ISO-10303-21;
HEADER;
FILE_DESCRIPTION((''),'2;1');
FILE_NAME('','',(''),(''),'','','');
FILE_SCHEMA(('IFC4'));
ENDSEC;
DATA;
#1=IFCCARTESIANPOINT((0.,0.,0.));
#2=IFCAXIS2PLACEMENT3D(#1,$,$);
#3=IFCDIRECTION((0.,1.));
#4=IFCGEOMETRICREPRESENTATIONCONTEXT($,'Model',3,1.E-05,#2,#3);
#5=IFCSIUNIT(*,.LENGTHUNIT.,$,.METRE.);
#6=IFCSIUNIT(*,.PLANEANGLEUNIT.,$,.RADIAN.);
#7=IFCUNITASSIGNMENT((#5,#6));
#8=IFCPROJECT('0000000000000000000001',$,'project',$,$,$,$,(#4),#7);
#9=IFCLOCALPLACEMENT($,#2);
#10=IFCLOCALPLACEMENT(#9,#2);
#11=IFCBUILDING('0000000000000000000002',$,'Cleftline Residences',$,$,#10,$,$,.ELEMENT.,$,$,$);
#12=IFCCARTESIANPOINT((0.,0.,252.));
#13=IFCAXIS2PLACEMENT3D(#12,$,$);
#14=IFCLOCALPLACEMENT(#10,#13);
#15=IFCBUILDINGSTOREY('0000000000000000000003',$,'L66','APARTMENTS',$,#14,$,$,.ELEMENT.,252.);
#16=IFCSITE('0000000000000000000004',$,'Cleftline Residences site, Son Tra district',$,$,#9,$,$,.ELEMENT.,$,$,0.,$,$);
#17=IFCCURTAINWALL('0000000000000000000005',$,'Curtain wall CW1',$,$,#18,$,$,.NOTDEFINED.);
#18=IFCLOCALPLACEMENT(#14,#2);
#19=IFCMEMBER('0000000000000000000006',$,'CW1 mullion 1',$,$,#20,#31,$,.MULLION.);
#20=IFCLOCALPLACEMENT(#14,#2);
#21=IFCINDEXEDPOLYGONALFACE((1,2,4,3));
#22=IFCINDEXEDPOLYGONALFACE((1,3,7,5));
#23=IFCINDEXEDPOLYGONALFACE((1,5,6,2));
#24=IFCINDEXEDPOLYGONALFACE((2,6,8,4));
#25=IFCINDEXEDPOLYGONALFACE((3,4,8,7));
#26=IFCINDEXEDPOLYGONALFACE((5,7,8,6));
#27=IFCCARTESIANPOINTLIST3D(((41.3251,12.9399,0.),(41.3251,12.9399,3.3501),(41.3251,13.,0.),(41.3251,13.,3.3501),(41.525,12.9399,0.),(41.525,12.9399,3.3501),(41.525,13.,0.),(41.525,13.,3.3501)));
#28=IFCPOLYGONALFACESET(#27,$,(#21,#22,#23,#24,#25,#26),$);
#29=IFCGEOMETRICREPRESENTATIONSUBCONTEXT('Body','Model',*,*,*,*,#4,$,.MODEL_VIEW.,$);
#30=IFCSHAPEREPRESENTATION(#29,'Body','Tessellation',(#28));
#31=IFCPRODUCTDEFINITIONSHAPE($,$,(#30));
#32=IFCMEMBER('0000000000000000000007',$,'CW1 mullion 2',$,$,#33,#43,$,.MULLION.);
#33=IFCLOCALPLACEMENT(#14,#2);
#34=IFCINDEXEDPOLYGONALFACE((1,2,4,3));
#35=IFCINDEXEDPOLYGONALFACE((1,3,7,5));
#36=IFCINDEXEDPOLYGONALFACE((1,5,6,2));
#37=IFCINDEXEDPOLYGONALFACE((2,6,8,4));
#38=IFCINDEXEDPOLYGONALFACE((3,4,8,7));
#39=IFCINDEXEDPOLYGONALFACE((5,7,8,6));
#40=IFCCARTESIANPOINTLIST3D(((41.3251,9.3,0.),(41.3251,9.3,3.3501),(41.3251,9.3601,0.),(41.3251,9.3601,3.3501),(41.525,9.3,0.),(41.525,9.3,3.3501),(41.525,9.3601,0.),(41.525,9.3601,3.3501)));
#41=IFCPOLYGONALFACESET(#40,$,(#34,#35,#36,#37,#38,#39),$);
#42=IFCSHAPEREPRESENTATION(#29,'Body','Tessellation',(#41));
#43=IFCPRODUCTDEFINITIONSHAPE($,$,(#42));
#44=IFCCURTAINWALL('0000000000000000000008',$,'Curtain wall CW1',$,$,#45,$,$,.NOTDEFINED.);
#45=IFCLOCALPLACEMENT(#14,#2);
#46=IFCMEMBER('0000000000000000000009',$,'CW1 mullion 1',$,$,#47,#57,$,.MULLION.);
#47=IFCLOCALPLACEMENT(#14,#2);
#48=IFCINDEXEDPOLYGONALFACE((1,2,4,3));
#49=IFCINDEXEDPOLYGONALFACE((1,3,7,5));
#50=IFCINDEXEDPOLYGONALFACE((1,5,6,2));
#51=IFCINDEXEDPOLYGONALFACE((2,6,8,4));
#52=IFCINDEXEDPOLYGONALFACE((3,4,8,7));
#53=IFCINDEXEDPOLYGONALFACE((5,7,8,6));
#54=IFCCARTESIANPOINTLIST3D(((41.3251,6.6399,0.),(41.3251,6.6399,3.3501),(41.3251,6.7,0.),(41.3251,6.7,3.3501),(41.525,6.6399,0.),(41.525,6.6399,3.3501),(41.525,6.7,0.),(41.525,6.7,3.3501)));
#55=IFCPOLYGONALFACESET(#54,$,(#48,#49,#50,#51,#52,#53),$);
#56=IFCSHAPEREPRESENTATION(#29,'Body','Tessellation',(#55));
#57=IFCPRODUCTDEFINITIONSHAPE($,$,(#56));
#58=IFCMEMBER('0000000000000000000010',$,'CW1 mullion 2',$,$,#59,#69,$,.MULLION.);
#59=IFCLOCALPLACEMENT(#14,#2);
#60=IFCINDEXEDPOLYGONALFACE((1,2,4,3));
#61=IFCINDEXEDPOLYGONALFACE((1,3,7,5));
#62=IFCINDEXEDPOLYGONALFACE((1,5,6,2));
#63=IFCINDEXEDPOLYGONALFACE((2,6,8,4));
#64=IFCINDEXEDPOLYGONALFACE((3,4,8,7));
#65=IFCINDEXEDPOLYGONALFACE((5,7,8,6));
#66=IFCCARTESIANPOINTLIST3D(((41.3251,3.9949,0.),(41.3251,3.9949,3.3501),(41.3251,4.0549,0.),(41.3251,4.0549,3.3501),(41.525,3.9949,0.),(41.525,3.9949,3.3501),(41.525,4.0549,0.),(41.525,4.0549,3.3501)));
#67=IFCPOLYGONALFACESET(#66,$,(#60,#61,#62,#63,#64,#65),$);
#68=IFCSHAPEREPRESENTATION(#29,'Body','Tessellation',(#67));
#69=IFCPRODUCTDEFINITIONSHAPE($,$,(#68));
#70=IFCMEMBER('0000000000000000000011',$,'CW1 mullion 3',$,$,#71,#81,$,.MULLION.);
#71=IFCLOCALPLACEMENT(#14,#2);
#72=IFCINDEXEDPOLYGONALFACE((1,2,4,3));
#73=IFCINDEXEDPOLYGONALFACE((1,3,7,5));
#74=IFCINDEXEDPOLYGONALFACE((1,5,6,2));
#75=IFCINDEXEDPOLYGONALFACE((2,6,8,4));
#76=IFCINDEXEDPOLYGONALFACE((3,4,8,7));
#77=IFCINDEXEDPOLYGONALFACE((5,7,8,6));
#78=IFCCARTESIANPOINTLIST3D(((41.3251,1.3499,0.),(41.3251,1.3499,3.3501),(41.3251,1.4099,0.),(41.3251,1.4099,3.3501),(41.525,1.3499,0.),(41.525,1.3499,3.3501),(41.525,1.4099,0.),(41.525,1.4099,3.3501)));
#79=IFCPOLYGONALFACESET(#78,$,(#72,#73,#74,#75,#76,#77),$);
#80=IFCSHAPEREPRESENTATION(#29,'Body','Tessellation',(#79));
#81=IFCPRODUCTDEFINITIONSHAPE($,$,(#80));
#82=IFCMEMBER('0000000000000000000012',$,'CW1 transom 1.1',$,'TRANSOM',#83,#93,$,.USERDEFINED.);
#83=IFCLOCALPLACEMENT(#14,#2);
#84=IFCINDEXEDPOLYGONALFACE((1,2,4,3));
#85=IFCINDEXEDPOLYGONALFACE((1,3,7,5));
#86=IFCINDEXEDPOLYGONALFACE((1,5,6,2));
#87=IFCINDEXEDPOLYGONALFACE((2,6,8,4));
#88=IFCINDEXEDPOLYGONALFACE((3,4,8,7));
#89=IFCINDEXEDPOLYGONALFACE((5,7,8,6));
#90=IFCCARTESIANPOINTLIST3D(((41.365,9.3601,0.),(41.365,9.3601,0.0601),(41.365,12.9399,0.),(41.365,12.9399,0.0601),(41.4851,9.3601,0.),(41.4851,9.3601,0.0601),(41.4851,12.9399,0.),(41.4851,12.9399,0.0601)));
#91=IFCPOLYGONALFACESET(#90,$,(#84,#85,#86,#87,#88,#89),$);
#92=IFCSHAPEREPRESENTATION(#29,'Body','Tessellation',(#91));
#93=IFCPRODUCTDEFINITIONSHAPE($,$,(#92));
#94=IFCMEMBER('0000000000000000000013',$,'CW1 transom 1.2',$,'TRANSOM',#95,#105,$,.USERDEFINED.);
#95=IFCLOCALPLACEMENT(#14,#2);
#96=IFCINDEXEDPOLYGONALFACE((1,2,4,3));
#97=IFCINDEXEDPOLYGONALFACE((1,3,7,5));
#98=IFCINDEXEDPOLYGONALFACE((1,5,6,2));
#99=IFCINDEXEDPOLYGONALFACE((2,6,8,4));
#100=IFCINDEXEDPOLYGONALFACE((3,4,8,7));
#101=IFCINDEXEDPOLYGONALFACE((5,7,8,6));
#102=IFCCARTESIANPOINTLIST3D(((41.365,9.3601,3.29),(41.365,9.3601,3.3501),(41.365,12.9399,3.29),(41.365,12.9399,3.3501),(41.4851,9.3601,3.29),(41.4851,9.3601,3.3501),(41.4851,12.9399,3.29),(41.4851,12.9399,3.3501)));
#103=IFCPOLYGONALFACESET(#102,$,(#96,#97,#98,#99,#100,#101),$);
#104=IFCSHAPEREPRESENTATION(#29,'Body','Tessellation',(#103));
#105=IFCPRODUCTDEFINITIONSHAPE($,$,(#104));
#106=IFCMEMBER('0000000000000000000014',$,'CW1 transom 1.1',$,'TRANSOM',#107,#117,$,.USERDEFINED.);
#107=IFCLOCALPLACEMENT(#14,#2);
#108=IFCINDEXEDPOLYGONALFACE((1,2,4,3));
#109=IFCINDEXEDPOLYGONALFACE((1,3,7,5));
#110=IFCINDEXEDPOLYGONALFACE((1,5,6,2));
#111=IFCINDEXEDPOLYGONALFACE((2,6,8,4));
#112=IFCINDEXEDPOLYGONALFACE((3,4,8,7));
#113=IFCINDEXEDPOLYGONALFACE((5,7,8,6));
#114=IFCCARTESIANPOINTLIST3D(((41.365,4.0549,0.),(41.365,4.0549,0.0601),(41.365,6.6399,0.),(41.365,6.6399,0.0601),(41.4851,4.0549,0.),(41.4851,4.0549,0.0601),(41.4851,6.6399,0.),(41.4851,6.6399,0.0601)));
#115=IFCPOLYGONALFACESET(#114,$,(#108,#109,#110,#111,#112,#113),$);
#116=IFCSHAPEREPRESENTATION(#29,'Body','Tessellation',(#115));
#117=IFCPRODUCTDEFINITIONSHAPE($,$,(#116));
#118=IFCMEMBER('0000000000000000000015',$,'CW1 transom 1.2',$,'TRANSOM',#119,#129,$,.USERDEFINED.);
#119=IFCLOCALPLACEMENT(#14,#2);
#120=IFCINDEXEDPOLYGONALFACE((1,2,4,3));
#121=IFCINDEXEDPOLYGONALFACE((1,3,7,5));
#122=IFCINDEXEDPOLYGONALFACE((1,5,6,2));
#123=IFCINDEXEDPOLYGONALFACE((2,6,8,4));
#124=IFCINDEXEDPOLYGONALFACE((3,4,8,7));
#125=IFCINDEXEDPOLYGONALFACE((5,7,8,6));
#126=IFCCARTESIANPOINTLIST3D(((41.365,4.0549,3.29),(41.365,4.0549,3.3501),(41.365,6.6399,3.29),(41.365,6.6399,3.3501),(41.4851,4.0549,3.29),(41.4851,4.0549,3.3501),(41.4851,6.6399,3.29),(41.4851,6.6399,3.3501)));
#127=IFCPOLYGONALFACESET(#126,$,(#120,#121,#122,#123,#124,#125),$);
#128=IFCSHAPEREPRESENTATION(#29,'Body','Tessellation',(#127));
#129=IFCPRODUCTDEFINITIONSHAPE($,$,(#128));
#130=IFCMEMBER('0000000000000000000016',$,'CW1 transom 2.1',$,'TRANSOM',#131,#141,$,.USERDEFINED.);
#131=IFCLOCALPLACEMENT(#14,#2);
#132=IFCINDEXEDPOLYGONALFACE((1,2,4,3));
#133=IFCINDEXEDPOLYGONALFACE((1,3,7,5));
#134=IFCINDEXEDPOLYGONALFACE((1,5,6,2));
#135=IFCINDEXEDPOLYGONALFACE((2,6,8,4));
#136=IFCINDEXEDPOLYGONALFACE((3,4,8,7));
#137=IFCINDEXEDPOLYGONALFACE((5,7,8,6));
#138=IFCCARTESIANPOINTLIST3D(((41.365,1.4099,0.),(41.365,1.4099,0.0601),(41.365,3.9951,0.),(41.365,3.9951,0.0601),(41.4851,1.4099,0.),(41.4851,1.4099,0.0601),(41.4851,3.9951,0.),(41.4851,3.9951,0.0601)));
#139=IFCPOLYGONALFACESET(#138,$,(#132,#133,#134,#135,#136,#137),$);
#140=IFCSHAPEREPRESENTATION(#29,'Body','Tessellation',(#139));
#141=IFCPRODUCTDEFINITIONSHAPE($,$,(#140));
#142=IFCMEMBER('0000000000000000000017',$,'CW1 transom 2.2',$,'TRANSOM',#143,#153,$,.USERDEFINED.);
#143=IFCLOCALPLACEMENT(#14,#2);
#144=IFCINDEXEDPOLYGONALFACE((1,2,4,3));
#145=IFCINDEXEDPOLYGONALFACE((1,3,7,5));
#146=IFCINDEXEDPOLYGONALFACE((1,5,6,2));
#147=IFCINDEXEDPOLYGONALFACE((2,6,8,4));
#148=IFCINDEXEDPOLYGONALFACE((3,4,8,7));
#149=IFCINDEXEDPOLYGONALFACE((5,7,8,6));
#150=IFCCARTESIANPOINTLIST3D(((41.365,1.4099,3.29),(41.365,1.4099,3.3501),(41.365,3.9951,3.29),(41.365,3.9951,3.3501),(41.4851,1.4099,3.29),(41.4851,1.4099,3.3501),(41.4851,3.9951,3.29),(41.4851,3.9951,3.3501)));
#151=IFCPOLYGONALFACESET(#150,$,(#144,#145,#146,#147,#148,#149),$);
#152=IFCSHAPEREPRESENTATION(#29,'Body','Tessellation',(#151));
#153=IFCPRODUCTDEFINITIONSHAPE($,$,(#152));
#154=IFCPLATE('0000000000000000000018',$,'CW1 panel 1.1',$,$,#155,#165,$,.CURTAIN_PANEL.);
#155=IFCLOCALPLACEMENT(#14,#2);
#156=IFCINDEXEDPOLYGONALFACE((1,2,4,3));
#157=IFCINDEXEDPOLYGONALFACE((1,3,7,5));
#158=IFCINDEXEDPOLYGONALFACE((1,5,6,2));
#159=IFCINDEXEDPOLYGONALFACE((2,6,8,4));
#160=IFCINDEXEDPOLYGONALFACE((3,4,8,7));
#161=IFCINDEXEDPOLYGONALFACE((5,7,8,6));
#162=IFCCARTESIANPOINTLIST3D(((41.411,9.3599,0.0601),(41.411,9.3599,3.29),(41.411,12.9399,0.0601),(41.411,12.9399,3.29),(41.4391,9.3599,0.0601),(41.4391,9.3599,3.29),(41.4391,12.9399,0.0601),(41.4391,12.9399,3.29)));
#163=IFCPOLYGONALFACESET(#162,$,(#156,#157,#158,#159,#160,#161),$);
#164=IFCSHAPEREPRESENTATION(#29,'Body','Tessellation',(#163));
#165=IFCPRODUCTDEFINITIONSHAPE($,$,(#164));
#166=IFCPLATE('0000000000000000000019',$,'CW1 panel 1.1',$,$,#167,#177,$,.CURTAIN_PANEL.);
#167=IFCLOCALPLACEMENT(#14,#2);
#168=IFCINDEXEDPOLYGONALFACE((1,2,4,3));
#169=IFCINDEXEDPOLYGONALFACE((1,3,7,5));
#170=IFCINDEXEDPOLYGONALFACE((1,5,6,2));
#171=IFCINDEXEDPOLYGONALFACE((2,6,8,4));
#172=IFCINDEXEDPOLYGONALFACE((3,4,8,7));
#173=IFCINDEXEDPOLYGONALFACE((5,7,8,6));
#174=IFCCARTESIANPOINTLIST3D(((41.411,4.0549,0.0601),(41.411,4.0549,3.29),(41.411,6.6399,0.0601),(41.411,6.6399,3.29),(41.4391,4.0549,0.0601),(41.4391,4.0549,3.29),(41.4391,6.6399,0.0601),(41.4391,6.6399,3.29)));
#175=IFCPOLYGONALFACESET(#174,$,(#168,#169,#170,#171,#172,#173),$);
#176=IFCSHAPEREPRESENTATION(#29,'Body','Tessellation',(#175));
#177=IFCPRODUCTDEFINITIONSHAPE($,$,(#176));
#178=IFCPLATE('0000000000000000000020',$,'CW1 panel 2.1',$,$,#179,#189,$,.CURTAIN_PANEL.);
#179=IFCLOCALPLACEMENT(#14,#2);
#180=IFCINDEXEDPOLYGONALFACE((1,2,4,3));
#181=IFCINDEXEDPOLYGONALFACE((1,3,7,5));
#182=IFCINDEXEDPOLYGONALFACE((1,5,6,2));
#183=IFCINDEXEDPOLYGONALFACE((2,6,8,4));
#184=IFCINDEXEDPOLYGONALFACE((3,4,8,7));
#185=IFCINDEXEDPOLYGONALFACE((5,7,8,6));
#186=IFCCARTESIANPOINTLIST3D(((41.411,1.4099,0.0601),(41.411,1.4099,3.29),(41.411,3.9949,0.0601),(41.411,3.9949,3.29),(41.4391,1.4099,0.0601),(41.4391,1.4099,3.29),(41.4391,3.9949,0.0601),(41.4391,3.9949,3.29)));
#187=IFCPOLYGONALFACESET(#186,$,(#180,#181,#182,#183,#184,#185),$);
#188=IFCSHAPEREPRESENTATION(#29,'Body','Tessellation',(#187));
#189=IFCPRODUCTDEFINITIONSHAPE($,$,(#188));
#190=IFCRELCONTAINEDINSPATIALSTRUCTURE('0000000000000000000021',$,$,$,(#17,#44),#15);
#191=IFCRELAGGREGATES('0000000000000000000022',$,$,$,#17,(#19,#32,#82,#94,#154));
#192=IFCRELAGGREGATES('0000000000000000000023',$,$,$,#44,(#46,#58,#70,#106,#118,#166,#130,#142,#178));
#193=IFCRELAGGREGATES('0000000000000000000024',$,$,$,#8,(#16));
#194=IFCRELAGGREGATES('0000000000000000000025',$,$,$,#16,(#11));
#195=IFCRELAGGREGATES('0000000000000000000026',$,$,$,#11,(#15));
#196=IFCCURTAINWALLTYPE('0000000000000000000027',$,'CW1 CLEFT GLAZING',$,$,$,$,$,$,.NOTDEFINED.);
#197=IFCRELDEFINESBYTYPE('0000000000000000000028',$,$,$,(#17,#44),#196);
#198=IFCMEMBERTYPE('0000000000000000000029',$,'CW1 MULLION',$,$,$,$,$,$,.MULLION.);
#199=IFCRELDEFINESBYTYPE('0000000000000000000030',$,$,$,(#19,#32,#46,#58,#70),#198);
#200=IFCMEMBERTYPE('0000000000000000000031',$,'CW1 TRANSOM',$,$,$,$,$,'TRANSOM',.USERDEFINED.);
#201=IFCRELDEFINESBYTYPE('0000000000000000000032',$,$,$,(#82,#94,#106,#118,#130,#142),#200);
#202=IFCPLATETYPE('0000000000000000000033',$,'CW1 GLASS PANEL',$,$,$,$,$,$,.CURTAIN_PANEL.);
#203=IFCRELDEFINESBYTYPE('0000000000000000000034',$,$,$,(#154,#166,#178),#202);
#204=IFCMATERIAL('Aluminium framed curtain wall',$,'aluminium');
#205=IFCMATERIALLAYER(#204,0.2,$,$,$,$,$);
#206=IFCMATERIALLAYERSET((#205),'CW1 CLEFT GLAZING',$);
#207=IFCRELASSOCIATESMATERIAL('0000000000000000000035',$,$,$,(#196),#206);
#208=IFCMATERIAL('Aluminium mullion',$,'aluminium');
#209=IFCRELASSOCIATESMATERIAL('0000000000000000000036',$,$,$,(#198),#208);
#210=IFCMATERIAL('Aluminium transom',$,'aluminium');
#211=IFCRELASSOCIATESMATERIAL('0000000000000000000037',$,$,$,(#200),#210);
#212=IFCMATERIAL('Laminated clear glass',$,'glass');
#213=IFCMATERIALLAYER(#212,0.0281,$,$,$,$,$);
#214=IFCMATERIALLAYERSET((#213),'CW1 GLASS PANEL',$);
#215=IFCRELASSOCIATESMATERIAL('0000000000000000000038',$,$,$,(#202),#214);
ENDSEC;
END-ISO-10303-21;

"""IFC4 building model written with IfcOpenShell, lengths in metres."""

from ifc_helpers import new_model, si_unit, direction, frame, origin, origin_2d, place, context, subcontext, project, spatial, rectangle, extrude, material, layer, layer_set, material_profile, profile_set, type_object, element, aggregate, save


model = new_model("IFC4")

# Units and contexts
model_context = context("Model", 3, precision=1e-05, world=origin(), true_north=direction((0.0, 1.0)))
body_context = subcontext(model_context, "Body", "Model", "MODEL_VIEW")
ifc_project = project(units=[si_unit("LENGTHUNIT", "METRE"), si_unit("PLANEANGLEUNIT", "RADIAN")], contexts=[model_context])

# Site, building, storey
site_placement = place(None, origin())
site = spatial("IfcSite", under=ifc_project, at=site_placement, Name="Cleftline Residences site, Son Tra district", CompositionType="ELEMENT", RefElevation=0.0)
building_placement = place(site_placement, origin())
building = spatial("IfcBuilding", under=site, at=building_placement, Name="Cleftline Residences", CompositionType="ELEMENT")
storey_placement = place(building_placement, frame((0.0, 0.0, 252.0)))
storey = spatial("IfcBuildingStorey", under=building, at=storey_placement, Name="L66", Description="APARTMENTS", CompositionType="ELEMENT", Elevation=252.0)

# Curtain walls, members
ifc_material_1 = material(Name="Aluminium framed curtain wall", Category="aluminium")
ifc_layer_1 = layer(ifc_material_1, 0.2)
ifc_layer_set_1 = layer_set([ifc_layer_1], Name="CW1 CLEFT GLAZING")
curtain_wall_type = type_object("IfcCurtainWallType", Name="CW1 CLEFT GLAZING", PredefinedType="NOTDEFINED", material=ifc_layer_set_1)
curtain_wall_1_placement = place(storey_placement, origin())
curtain_wall_1 = element("IfcCurtainWall", 1, at=curtain_wall_1_placement, inside=storey, type_object=curtain_wall_type, Name="Curtain wall CW1", PredefinedType="NOTDEFINED")
ifc_material_2 = material(Name="Aluminium mullion", Category="aluminium")
ifc_material_profile_1 = material_profile(ifc_material_2, rectangle(XDim=0.2, YDim=0.0601, at=origin_2d()))
ifc_profile_set_1 = profile_set([ifc_material_profile_1], Name="Aluminium mullion")
member_type_1 = type_object("IfcMemberType", Name="CW1 MULLION", PredefinedType="MULLION", material=ifc_profile_set_1)
member_1_placement = place(storey_placement, frame((41.425, 12.97, 0.0), z_axis=(0.0, 0.0, 1.0), x_axis=(1.0, 0.0, 0.0)))
member_1 = element("IfcMember", 2, at=member_1_placement, type_object=member_type_1, Name="CW1 mullion 1", PredefinedType="MULLION", context=body_context, shape_type="SweptSolid", body=[
    extrude(rectangle(XDim=0.2, YDim=0.0601, at=origin_2d()), origin(), (0.0, 0.0, 1.0), 3.3501),
])
member_2_placement = place(storey_placement, frame((41.425, 9.3301, 0.0), z_axis=(0.0, 0.0, 1.0), x_axis=(1.0, 0.0, 0.0)))
member_2 = element("IfcMember", 3, at=member_2_placement, type_object=member_type_1, Name="CW1 mullion 2", PredefinedType="MULLION", context=body_context, shape_type="SweptSolid", body=[
    extrude(rectangle(XDim=0.2, YDim=0.0601, at=origin_2d()), origin(), (0.0, 0.0, 1.0), 3.3501),
])
curtain_wall_2_placement = place(storey_placement, origin())
curtain_wall_2 = element("IfcCurtainWall", 4, at=curtain_wall_2_placement, inside=storey, type_object=curtain_wall_type, Name="Curtain wall CW1", PredefinedType="NOTDEFINED")
member_3_placement = place(storey_placement, frame((41.425, 6.6699, 0.0), z_axis=(0.0, 0.0, 1.0), x_axis=(1.0, 0.0, 0.0)))
member_3 = element("IfcMember", 5, at=member_3_placement, type_object=member_type_1, Name="CW1 mullion 1", PredefinedType="MULLION", context=body_context, shape_type="SweptSolid", body=[
    extrude(rectangle(XDim=0.2, YDim=0.0601, at=origin_2d()), origin(), (0.0, 0.0, 1.0), 3.3501),
])
member_4_placement = place(storey_placement, frame((41.425, 4.0249, 0.0), z_axis=(0.0, 0.0, 1.0), x_axis=(1.0, 0.0, 0.0)))
member_4 = element("IfcMember", 6, at=member_4_placement, type_object=member_type_1, Name="CW1 mullion 2", PredefinedType="MULLION", context=body_context, shape_type="SweptSolid", body=[
    extrude(rectangle(XDim=0.2, YDim=0.0601, at=origin_2d()), origin(), (0.0, 0.0, 1.0), 3.3501),
])
member_5_placement = place(storey_placement, frame((41.425, 1.3799, 0.0), z_axis=(0.0, 0.0, 1.0), x_axis=(1.0, 0.0, 0.0)))
member_5 = element("IfcMember", 7, at=member_5_placement, type_object=member_type_1, Name="CW1 mullion 3", PredefinedType="MULLION", context=body_context, shape_type="SweptSolid", body=[
    extrude(rectangle(XDim=0.2, YDim=0.0601, at=origin_2d()), origin(), (0.0, 0.0, 1.0), 3.3501),
])

# Members
ifc_material_3 = material(Name="Aluminium transom", Category="aluminium")
ifc_material_profile_2 = material_profile(ifc_material_3, rectangle(XDim=0.1201, YDim=0.0601, at=origin_2d()))
ifc_profile_set_2 = profile_set([ifc_material_profile_2], Name="Aluminium transom")
member_type_2 = type_object("IfcMemberType", Name="CW1 TRANSOM", ElementType="TRANSOM", PredefinedType="USERDEFINED", material=ifc_profile_set_2)
member_6_placement = place(storey_placement, frame((41.425, 12.9399, 0.03), z_axis=(0.0, -1.0, 0.0), x_axis=(1.0, 0.0, 0.0)))
member_6 = element("IfcMember", 8, at=member_6_placement, type_object=member_type_2, Name="CW1 transom 1.1", ObjectType="TRANSOM", PredefinedType="USERDEFINED", context=body_context, shape_type="SweptSolid", body=[
    extrude(rectangle(XDim=0.1201, YDim=0.0601, at=origin_2d()), origin(), (0.0, 0.0, 1.0), 3.5798),
])
member_7_placement = place(storey_placement, frame((41.425, 12.9399, 3.3201), z_axis=(0.0, -1.0, 0.0), x_axis=(1.0, 0.0, 0.0)))
member_7 = element("IfcMember", 9, at=member_7_placement, type_object=member_type_2, Name="CW1 transom 1.2", ObjectType="TRANSOM", PredefinedType="USERDEFINED", context=body_context, shape_type="SweptSolid", body=[
    extrude(rectangle(XDim=0.1201, YDim=0.0601, at=origin_2d()), origin(), (0.0, 0.0, 1.0), 3.5798),
])
member_8_placement = place(storey_placement, frame((41.425, 6.6399, 0.03), z_axis=(0.0, -1.0, 0.0), x_axis=(1.0, 0.0, 0.0)))
member_8 = element("IfcMember", 10, at=member_8_placement, type_object=member_type_2, Name="CW1 transom 1.1", ObjectType="TRANSOM", PredefinedType="USERDEFINED", context=body_context, shape_type="SweptSolid", body=[
    extrude(rectangle(XDim=0.1201, YDim=0.0601, at=origin_2d()), origin(), (0.0, 0.0, 1.0), 2.585),
])
member_9_placement = place(storey_placement, frame((41.425, 6.6399, 3.3201), z_axis=(0.0, -1.0, 0.0), x_axis=(1.0, 0.0, 0.0)))
member_9 = element("IfcMember", 11, at=member_9_placement, type_object=member_type_2, Name="CW1 transom 1.2", ObjectType="TRANSOM", PredefinedType="USERDEFINED", context=body_context, shape_type="SweptSolid", body=[
    extrude(rectangle(XDim=0.1201, YDim=0.0601, at=origin_2d()), origin(), (0.0, 0.0, 1.0), 2.585),
])
member_10_placement = place(storey_placement, frame((41.425, 3.9951, 0.03), z_axis=(0.0, -1.0, 0.0), x_axis=(1.0, 0.0, 0.0)))
member_10 = element("IfcMember", 12, at=member_10_placement, type_object=member_type_2, Name="CW1 transom 2.1", ObjectType="TRANSOM", PredefinedType="USERDEFINED", context=body_context, shape_type="SweptSolid", body=[
    extrude(rectangle(XDim=0.1201, YDim=0.0601, at=origin_2d()), origin(), (0.0, 0.0, 1.0), 2.5852),
])
member_11_placement = place(storey_placement, frame((41.425, 3.9951, 3.3201), z_axis=(0.0, -1.0, 0.0), x_axis=(1.0, 0.0, 0.0)))
member_11 = element("IfcMember", 13, at=member_11_placement, type_object=member_type_2, Name="CW1 transom 2.2", ObjectType="TRANSOM", PredefinedType="USERDEFINED", context=body_context, shape_type="SweptSolid", body=[
    extrude(rectangle(XDim=0.1201, YDim=0.0601, at=origin_2d()), origin(), (0.0, 0.0, 1.0), 2.5852),
])

# Plates
ifc_material_4 = material(Name="Laminated clear glass", Category="glass")
ifc_layer_2 = layer(ifc_material_4, 0.0281)
ifc_layer_set_2 = layer_set([ifc_layer_2], Name="CW1 GLASS PANEL")
plate_type = type_object("IfcPlateType", Name="CW1 GLASS PANEL", PredefinedType="CURTAIN_PANEL", material=ifc_layer_set_2)
plate_1_placement = place(storey_placement, frame((41.425, 11.1499, 0.0601), z_axis=(0.0, 0.0, 1.0), x_axis=(0.0, -1.0, 0.0)))
plate_1 = element("IfcPlate", 14, at=plate_1_placement, type_object=plate_type, Name="CW1 panel 1.1", PredefinedType="CURTAIN_PANEL", context=body_context, shape_type="SweptSolid", body=[
    extrude(rectangle(XDim=3.5801, YDim=0.0281, at=origin_2d()), origin(), (0.0, 0.0, 1.0), 3.23),
])
aggregate(curtain_wall_1, [member_1, member_2, member_6, member_7, plate_1])
plate_2_placement = place(storey_placement, frame((41.425, 5.3474, 0.0601), z_axis=(0.0, 0.0, 1.0), x_axis=(0.0, -1.0, 0.0)))
plate_2 = element("IfcPlate", 15, at=plate_2_placement, type_object=plate_type, Name="CW1 panel 1.1", PredefinedType="CURTAIN_PANEL", context=body_context, shape_type="SweptSolid", body=[
    extrude(rectangle(XDim=2.585, YDim=0.0281, at=origin_2d()), origin(), (0.0, 0.0, 1.0), 3.23),
])
plate_3_placement = place(storey_placement, frame((41.425, 2.7024, 0.0601), z_axis=(0.0, 0.0, 1.0), x_axis=(0.0, -1.0, 0.0)))
plate_3 = element("IfcPlate", 16, at=plate_3_placement, type_object=plate_type, Name="CW1 panel 2.1", PredefinedType="CURTAIN_PANEL", context=body_context, shape_type="SweptSolid", body=[
    extrude(rectangle(XDim=2.585, YDim=0.0281, at=origin_2d()), origin(), (0.0, 0.0, 1.0), 3.23),
])
aggregate(curtain_wall_2, [member_3, member_4, member_5, member_8, member_9, plate_2, member_10, member_11, plate_3])

save(model, "model.ifc")
